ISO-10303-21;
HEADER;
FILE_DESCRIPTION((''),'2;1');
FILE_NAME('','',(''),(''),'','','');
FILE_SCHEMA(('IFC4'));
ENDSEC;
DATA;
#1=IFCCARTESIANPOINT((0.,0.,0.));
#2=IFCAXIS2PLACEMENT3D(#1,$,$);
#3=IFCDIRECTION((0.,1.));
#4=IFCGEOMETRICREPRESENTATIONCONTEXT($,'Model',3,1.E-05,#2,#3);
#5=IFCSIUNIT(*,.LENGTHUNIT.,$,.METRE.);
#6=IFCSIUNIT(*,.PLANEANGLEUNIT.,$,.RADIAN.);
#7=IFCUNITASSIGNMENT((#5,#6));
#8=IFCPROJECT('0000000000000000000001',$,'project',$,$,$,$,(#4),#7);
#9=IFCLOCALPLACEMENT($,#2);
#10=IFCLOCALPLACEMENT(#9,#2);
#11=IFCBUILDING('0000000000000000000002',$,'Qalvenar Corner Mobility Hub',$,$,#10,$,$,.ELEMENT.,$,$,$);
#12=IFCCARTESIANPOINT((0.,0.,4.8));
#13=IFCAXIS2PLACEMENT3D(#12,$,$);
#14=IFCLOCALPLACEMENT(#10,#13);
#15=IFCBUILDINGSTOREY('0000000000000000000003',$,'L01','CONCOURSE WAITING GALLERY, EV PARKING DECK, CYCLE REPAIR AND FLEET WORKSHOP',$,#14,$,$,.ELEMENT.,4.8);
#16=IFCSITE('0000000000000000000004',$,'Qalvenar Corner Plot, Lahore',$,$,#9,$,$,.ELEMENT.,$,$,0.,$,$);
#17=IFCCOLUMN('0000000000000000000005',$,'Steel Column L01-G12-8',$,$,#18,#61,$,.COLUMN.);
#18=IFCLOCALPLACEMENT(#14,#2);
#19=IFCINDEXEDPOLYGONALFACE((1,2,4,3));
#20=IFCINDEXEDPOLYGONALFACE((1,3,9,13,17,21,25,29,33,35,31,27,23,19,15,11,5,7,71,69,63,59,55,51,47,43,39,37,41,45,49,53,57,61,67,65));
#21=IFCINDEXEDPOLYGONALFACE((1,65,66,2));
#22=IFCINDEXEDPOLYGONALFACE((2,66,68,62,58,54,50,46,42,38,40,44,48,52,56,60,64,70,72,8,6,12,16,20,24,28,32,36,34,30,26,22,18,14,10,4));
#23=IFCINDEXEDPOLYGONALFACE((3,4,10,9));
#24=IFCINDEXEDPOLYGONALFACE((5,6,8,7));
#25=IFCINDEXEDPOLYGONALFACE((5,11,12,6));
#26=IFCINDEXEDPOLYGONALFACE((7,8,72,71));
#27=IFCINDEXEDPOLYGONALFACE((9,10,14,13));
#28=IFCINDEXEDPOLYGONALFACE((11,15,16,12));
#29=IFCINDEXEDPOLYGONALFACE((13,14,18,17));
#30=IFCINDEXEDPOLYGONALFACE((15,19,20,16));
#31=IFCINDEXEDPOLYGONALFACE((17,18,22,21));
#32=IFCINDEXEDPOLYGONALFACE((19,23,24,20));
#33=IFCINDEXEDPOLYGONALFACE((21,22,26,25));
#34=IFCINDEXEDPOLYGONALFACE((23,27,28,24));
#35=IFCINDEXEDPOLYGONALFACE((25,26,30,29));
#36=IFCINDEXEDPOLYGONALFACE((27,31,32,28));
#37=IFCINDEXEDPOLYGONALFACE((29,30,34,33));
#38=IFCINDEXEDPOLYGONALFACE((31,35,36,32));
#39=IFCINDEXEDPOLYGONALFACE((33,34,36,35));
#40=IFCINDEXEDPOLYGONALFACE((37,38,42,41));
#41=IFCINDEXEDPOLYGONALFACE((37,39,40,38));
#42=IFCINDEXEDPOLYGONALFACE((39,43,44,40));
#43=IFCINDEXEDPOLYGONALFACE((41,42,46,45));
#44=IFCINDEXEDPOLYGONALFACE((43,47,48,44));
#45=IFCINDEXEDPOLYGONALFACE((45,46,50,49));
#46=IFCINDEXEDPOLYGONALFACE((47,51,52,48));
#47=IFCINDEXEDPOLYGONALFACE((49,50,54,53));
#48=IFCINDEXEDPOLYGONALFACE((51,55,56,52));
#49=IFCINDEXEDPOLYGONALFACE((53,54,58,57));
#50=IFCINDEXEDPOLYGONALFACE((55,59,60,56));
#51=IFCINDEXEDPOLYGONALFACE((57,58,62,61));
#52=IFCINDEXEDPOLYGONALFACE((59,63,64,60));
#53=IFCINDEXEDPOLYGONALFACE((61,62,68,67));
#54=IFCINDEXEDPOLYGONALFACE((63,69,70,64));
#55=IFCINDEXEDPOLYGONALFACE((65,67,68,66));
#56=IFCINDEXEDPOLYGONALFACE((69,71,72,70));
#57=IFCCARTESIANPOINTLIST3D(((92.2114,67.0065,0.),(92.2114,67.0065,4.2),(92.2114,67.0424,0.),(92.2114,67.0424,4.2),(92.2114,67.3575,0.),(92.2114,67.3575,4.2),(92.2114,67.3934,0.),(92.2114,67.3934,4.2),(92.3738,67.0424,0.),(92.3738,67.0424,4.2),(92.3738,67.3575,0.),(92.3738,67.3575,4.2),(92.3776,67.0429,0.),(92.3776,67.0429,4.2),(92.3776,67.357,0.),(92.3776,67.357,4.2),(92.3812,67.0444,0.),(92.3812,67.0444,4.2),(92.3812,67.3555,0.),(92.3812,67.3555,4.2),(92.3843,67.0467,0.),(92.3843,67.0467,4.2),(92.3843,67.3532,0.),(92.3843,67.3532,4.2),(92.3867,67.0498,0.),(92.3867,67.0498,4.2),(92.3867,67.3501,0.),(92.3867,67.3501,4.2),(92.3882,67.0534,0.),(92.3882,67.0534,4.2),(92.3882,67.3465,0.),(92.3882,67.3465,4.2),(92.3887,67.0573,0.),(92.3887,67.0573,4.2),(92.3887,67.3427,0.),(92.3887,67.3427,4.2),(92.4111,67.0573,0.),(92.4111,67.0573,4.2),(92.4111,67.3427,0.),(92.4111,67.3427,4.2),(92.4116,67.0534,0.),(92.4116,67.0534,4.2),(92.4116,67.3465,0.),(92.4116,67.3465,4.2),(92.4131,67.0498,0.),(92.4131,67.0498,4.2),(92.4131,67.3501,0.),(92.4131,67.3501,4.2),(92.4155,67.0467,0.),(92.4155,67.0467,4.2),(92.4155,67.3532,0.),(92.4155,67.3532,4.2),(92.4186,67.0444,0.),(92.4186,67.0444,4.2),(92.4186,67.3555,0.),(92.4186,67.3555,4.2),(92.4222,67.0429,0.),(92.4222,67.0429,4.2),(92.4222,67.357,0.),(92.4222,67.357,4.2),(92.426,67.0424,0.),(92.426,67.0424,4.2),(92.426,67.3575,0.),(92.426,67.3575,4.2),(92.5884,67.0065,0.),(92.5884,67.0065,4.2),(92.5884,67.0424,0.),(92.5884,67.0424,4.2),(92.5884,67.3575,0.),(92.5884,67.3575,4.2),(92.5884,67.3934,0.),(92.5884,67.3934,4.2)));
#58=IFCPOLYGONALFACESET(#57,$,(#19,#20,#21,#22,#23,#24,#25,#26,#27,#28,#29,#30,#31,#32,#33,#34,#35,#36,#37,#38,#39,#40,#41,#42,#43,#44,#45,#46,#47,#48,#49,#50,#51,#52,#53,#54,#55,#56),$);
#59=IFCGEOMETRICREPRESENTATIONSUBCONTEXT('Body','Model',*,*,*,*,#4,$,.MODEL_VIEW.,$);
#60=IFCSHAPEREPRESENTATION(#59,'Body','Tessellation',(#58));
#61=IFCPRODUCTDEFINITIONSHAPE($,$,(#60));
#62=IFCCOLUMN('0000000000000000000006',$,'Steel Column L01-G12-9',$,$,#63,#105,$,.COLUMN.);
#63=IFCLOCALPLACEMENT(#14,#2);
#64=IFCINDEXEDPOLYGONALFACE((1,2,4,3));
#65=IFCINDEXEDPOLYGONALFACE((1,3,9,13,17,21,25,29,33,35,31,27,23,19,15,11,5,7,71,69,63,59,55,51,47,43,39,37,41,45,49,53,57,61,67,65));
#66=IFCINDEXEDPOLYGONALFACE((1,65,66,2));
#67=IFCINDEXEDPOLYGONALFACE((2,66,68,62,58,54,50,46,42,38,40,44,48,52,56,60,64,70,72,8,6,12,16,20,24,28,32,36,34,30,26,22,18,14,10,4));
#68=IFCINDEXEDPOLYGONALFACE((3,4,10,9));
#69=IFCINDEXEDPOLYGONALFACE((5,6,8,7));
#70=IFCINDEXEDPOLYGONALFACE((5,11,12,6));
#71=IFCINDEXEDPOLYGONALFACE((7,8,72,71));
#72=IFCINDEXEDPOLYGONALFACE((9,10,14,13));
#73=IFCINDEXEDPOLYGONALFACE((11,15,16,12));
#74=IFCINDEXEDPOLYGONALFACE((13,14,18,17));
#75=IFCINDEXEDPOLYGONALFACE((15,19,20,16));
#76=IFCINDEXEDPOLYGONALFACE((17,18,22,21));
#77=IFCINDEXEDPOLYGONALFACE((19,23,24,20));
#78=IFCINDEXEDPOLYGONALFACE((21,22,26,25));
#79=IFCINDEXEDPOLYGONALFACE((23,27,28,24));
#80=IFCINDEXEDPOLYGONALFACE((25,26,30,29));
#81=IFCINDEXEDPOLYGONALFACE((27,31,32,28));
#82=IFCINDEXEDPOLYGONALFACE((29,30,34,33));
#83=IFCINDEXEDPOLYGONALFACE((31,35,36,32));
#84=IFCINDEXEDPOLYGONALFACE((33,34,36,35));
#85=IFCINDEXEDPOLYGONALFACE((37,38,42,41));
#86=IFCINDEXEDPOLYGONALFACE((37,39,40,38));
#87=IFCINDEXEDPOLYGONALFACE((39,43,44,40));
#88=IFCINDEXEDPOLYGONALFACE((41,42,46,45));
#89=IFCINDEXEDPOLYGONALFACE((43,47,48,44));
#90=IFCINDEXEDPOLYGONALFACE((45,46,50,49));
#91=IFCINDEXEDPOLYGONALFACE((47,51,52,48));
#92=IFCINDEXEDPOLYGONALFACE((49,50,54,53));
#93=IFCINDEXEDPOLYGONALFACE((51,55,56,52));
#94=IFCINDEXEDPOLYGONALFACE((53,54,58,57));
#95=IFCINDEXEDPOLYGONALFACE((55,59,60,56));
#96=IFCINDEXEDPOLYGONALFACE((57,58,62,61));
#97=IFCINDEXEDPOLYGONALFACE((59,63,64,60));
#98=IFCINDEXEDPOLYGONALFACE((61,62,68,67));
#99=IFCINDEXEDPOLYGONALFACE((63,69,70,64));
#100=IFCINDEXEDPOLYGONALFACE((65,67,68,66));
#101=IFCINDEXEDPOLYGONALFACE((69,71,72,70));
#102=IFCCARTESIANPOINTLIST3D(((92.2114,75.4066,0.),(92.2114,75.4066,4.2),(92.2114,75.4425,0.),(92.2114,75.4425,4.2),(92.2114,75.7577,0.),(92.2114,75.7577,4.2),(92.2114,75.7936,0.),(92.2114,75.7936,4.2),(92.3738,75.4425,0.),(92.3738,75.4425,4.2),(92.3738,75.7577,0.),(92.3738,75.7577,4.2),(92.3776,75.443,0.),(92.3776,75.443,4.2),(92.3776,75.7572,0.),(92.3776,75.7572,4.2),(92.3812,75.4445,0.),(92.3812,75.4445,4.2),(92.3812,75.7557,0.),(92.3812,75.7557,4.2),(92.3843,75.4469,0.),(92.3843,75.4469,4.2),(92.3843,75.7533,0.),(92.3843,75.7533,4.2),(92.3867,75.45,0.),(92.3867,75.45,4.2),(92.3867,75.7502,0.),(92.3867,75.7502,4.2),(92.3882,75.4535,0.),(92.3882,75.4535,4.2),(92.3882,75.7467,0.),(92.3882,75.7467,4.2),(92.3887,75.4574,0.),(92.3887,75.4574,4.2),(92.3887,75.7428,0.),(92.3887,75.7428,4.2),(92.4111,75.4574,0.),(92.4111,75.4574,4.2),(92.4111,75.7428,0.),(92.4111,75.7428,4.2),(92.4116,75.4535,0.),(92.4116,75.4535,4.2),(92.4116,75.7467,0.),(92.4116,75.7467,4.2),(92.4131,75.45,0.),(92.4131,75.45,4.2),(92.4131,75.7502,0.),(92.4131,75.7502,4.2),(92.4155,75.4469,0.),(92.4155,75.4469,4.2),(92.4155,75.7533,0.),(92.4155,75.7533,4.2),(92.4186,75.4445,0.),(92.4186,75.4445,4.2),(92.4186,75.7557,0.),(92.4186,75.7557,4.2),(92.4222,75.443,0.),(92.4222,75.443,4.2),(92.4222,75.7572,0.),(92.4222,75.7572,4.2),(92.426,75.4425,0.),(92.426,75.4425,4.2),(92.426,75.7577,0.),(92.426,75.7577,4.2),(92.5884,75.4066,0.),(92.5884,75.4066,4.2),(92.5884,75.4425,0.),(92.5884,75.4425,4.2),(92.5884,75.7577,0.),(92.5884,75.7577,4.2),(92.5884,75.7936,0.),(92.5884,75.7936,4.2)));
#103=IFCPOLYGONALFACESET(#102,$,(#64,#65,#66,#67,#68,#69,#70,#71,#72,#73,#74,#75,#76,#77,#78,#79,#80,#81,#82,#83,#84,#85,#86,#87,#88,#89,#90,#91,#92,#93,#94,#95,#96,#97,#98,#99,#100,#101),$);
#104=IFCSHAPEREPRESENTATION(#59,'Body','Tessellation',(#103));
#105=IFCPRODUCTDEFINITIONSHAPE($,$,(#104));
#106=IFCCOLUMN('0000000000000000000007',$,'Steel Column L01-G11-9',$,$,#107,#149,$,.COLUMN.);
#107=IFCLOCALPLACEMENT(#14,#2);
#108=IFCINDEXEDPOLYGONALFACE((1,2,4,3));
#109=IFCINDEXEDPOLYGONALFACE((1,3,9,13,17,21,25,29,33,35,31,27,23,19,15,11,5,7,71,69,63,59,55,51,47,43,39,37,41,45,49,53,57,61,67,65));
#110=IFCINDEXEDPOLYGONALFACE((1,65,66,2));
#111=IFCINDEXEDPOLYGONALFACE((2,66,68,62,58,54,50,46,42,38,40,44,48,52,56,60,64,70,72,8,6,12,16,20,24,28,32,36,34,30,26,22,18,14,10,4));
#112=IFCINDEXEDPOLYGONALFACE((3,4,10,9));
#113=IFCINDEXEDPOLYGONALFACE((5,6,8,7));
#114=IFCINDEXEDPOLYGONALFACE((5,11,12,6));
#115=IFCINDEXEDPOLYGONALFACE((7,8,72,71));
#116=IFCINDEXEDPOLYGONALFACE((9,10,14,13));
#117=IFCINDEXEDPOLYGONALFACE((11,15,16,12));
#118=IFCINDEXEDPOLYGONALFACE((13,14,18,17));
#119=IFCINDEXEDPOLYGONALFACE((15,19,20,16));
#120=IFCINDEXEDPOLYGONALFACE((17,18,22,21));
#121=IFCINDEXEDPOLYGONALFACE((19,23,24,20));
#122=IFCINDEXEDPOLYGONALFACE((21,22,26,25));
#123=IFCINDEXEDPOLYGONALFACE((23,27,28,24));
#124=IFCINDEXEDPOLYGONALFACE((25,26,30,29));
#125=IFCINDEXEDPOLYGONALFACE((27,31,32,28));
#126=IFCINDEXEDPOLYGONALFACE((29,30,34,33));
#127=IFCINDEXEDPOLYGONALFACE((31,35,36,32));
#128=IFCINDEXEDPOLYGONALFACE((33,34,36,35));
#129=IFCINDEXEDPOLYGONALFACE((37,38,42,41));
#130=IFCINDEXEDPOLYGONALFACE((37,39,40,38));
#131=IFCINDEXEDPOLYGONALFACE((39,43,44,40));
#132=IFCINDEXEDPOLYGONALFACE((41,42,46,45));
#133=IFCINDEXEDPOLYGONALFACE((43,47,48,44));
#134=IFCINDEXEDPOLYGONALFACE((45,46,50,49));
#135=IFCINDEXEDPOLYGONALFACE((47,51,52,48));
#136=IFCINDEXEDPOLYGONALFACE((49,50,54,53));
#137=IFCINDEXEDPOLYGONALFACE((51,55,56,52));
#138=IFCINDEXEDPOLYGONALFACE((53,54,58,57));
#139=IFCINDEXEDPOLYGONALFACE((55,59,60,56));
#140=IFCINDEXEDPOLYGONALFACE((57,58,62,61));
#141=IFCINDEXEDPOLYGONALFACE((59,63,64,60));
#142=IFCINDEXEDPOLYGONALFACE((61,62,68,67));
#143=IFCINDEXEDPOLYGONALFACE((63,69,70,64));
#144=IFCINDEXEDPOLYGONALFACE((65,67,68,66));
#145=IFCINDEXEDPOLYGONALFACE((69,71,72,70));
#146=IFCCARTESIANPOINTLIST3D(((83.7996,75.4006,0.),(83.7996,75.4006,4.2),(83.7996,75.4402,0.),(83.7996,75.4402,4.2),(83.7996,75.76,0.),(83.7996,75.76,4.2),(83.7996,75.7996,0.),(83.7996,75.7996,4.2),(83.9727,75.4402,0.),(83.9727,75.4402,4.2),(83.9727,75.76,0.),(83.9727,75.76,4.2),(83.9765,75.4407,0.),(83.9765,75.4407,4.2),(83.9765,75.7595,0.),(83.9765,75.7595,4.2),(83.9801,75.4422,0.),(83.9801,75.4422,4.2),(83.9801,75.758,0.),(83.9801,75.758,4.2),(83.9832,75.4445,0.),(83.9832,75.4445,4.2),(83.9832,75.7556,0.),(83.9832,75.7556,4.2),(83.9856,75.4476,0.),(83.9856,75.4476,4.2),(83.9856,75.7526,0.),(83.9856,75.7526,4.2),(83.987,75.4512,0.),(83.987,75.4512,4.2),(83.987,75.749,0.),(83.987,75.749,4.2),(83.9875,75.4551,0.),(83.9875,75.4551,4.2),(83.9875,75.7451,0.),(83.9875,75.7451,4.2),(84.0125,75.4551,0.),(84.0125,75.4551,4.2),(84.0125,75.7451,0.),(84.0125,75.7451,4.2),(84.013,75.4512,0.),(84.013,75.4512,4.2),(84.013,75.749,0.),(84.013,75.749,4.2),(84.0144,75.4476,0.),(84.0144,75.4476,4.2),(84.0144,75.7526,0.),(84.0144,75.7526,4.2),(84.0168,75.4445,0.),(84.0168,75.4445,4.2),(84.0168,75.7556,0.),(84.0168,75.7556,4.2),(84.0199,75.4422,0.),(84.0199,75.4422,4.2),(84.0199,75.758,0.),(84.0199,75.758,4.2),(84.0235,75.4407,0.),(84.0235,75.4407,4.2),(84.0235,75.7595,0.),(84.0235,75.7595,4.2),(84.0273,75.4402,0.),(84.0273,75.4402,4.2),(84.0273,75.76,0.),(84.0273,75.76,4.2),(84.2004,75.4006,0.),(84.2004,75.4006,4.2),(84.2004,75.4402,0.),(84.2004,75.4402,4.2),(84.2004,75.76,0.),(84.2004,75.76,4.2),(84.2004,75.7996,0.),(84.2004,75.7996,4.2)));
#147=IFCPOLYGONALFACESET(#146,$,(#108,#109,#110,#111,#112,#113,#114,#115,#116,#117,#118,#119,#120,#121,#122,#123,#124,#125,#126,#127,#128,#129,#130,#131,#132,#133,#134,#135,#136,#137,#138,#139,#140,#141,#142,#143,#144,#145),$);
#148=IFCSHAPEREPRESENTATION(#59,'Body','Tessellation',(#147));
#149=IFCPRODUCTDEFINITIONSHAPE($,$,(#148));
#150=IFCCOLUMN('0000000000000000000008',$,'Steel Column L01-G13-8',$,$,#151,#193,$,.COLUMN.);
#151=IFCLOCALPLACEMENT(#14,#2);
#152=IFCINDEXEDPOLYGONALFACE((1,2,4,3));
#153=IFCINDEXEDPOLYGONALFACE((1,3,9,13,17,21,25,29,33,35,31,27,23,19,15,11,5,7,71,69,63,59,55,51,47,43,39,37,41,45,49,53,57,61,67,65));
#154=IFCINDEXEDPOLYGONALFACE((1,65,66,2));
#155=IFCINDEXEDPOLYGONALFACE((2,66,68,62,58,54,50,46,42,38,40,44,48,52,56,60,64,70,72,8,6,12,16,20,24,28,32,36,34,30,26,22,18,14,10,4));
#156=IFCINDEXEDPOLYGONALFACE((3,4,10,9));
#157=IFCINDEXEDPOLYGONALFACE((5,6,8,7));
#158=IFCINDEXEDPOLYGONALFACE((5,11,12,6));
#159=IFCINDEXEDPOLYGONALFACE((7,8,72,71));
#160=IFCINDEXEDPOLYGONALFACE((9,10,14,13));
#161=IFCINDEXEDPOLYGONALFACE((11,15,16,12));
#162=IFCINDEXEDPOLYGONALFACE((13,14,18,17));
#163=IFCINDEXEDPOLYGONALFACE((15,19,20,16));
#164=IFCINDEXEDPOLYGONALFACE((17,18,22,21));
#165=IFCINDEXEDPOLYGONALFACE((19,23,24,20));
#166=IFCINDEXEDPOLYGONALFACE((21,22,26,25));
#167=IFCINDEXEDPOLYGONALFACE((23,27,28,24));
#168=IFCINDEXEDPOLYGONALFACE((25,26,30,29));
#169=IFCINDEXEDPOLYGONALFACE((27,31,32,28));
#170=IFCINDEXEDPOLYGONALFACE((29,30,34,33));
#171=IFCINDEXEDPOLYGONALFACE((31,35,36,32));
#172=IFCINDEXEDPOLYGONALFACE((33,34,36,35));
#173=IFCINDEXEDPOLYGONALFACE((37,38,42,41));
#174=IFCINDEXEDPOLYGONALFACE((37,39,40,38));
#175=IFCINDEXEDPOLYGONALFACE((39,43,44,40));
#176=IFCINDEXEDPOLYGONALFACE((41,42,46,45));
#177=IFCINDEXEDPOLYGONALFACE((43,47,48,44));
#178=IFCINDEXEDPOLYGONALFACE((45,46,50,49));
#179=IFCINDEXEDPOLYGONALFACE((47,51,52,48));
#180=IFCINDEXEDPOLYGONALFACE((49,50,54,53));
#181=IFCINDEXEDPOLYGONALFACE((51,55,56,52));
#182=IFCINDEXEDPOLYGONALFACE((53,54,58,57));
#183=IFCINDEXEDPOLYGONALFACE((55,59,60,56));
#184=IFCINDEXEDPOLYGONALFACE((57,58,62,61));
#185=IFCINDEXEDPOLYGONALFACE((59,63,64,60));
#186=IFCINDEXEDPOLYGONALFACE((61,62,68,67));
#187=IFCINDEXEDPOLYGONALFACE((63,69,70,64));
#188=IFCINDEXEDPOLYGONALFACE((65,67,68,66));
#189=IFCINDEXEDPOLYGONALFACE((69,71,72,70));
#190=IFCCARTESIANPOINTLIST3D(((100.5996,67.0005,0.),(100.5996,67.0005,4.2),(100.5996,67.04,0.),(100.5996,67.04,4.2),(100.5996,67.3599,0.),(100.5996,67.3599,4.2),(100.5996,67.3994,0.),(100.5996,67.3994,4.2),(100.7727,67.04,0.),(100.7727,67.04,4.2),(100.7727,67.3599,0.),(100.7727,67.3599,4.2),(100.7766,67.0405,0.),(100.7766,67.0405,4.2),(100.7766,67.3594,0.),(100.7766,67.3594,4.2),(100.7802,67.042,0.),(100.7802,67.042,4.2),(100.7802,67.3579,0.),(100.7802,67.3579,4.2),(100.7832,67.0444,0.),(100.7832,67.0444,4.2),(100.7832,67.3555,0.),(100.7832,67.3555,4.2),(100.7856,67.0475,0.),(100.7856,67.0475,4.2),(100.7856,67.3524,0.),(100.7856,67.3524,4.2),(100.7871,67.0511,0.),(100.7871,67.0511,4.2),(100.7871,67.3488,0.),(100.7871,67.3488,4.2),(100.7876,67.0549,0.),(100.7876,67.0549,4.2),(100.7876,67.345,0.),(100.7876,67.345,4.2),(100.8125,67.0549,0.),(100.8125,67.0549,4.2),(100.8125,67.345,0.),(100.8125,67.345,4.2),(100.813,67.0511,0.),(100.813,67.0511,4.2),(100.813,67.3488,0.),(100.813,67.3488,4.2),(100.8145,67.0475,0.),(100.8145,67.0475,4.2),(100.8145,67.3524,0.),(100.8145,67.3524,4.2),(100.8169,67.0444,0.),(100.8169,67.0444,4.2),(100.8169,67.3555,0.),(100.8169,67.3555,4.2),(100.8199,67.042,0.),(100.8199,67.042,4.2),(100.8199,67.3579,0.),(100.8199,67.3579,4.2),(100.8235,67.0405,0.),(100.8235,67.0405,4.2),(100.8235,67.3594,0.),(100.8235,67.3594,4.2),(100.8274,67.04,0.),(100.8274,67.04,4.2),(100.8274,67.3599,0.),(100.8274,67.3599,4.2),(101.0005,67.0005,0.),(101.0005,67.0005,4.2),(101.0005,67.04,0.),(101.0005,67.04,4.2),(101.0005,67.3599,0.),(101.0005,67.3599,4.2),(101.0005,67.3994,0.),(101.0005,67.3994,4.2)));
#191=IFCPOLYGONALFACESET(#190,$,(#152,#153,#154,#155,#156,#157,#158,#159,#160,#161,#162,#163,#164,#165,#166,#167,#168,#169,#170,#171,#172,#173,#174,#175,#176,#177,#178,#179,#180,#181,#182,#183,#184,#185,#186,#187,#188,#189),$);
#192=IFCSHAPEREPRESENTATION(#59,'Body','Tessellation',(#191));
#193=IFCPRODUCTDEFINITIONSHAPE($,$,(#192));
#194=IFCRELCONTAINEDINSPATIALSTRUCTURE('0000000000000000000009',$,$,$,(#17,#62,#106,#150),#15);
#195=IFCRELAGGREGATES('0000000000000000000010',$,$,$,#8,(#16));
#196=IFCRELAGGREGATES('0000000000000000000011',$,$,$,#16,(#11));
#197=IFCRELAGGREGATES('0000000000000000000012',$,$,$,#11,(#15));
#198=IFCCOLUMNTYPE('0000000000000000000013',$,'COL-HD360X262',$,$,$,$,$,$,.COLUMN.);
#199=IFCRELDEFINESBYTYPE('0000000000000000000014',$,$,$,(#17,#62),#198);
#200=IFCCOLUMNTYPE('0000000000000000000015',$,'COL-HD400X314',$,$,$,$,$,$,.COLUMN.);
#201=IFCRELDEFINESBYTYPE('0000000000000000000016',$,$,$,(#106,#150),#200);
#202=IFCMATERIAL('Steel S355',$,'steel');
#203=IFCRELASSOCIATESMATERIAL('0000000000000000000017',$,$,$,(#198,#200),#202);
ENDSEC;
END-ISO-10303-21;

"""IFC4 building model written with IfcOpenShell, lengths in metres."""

from ifc_helpers import new_model, si_unit, direction, frame, origin, origin_2d, place, context, subcontext, project, spatial, i_section, extrude, material, material_profile, profile_set, type_object, element, save


model = new_model("IFC4")

# Units and contexts
model_context = context("Model", 3, precision=1e-05, world=origin(), true_north=direction((0.0, 1.0)))
body_context = subcontext(model_context, "Body", "Model", "MODEL_VIEW")
ifc_project = project(units=[si_unit("LENGTHUNIT", "METRE"), si_unit("PLANEANGLEUNIT", "RADIAN")], contexts=[model_context])

# Site, building, storey
site_placement = place(None, origin())
site = spatial("IfcSite", under=ifc_project, at=site_placement, Name="Qalvenar Corner Plot, Lahore", CompositionType="ELEMENT", RefElevation=0.0)
building_placement = place(site_placement, origin())
building = spatial("IfcBuilding", under=site, at=building_placement, Name="Qalvenar Corner Mobility Hub", CompositionType="ELEMENT")
storey_placement = place(building_placement, frame((0.0, 0.0, 4.8)))
storey = spatial("IfcBuildingStorey", under=building, at=storey_placement, Name="L01", Description="CONCOURSE WAITING GALLERY, EV PARKING DECK, CYCLE REPAIR AND FLEET WORKSHOP", CompositionType="ELEMENT", Elevation=4.8)

# Columns
ifc_material = material(Name="Steel S355", Category="steel")
ifc_material_profile_1 = material_profile(ifc_material, i_section(OverallWidth=0.377, OverallDepth=0.387, WebThickness=0.0225, FlangeThickness=0.0359, FilletRadius=0.0149, at=origin_2d()), Name="HD360x262")
ifc_profile_set_1 = profile_set([ifc_material_profile_1], Name="Steel S355")
column_type_1 = type_object("IfcColumnType", Name="COL-HD360X262", PredefinedType="COLUMN", material=ifc_profile_set_1)
for number, where, z_axis, x_axis, name in (
    (1, (92.3999, 67.2, 0.0), (0.0, 0.0, 1.0), (1.0, 0.0, 0.0), "Steel Column L01-G12-8"),
    (2, (92.3999, 75.6001, 0.0), (0.0, 0.0, 1.0), (1.0, 0.0, 0.0), "Steel Column L01-G12-9"),
):
    element("IfcColumn", number, at=place(storey_placement, frame(where, z_axis=z_axis, x_axis=x_axis)), inside=storey, type_object=column_type_1, Name=name, PredefinedType="COLUMN", context=body_context, shape_type="SweptSolid", body=[
        extrude(i_section(OverallWidth=0.377, OverallDepth=0.387, WebThickness=0.0225, FlangeThickness=0.0359, FilletRadius=0.0149, at=origin_2d()), origin(), (0.0, 0.0, 1.0), 4.2),
    ])
ifc_material_profile_2 = material_profile(ifc_material, i_section(OverallWidth=0.4009, OverallDepth=0.3989, WebThickness=0.0249, FlangeThickness=0.0396, FilletRadius=0.0149, at=origin_2d()), Name="HD400x314")
ifc_profile_set_2 = profile_set([ifc_material_profile_2], Name="Steel S355")
column_type_2 = type_object("IfcColumnType", Name="COL-HD400X314", PredefinedType="COLUMN", material=ifc_profile_set_2)
for number, where, z_axis, x_axis, name in (
    (3, (84.0, 75.6001, 0.0), (0.0, 0.0, 1.0), (1.0, 0.0, 0.0), "Steel Column L01-G11-9"),
    (4, (100.8, 67.2, 0.0), (0.0, 0.0, 1.0), (1.0, 0.0, 0.0), "Steel Column L01-G13-8"),
):
    element("IfcColumn", number, at=place(storey_placement, frame(where, z_axis=z_axis, x_axis=x_axis)), inside=storey, type_object=column_type_2, Name=name, PredefinedType="COLUMN", context=body_context, shape_type="SweptSolid", body=[
        extrude(i_section(OverallWidth=0.4009, OverallDepth=0.3989, WebThickness=0.0249, FlangeThickness=0.0396, FilletRadius=0.0149, at=origin_2d()), origin(), (0.0, 0.0, 1.0), 4.2),
    ])

save(model, "model.ifc")
